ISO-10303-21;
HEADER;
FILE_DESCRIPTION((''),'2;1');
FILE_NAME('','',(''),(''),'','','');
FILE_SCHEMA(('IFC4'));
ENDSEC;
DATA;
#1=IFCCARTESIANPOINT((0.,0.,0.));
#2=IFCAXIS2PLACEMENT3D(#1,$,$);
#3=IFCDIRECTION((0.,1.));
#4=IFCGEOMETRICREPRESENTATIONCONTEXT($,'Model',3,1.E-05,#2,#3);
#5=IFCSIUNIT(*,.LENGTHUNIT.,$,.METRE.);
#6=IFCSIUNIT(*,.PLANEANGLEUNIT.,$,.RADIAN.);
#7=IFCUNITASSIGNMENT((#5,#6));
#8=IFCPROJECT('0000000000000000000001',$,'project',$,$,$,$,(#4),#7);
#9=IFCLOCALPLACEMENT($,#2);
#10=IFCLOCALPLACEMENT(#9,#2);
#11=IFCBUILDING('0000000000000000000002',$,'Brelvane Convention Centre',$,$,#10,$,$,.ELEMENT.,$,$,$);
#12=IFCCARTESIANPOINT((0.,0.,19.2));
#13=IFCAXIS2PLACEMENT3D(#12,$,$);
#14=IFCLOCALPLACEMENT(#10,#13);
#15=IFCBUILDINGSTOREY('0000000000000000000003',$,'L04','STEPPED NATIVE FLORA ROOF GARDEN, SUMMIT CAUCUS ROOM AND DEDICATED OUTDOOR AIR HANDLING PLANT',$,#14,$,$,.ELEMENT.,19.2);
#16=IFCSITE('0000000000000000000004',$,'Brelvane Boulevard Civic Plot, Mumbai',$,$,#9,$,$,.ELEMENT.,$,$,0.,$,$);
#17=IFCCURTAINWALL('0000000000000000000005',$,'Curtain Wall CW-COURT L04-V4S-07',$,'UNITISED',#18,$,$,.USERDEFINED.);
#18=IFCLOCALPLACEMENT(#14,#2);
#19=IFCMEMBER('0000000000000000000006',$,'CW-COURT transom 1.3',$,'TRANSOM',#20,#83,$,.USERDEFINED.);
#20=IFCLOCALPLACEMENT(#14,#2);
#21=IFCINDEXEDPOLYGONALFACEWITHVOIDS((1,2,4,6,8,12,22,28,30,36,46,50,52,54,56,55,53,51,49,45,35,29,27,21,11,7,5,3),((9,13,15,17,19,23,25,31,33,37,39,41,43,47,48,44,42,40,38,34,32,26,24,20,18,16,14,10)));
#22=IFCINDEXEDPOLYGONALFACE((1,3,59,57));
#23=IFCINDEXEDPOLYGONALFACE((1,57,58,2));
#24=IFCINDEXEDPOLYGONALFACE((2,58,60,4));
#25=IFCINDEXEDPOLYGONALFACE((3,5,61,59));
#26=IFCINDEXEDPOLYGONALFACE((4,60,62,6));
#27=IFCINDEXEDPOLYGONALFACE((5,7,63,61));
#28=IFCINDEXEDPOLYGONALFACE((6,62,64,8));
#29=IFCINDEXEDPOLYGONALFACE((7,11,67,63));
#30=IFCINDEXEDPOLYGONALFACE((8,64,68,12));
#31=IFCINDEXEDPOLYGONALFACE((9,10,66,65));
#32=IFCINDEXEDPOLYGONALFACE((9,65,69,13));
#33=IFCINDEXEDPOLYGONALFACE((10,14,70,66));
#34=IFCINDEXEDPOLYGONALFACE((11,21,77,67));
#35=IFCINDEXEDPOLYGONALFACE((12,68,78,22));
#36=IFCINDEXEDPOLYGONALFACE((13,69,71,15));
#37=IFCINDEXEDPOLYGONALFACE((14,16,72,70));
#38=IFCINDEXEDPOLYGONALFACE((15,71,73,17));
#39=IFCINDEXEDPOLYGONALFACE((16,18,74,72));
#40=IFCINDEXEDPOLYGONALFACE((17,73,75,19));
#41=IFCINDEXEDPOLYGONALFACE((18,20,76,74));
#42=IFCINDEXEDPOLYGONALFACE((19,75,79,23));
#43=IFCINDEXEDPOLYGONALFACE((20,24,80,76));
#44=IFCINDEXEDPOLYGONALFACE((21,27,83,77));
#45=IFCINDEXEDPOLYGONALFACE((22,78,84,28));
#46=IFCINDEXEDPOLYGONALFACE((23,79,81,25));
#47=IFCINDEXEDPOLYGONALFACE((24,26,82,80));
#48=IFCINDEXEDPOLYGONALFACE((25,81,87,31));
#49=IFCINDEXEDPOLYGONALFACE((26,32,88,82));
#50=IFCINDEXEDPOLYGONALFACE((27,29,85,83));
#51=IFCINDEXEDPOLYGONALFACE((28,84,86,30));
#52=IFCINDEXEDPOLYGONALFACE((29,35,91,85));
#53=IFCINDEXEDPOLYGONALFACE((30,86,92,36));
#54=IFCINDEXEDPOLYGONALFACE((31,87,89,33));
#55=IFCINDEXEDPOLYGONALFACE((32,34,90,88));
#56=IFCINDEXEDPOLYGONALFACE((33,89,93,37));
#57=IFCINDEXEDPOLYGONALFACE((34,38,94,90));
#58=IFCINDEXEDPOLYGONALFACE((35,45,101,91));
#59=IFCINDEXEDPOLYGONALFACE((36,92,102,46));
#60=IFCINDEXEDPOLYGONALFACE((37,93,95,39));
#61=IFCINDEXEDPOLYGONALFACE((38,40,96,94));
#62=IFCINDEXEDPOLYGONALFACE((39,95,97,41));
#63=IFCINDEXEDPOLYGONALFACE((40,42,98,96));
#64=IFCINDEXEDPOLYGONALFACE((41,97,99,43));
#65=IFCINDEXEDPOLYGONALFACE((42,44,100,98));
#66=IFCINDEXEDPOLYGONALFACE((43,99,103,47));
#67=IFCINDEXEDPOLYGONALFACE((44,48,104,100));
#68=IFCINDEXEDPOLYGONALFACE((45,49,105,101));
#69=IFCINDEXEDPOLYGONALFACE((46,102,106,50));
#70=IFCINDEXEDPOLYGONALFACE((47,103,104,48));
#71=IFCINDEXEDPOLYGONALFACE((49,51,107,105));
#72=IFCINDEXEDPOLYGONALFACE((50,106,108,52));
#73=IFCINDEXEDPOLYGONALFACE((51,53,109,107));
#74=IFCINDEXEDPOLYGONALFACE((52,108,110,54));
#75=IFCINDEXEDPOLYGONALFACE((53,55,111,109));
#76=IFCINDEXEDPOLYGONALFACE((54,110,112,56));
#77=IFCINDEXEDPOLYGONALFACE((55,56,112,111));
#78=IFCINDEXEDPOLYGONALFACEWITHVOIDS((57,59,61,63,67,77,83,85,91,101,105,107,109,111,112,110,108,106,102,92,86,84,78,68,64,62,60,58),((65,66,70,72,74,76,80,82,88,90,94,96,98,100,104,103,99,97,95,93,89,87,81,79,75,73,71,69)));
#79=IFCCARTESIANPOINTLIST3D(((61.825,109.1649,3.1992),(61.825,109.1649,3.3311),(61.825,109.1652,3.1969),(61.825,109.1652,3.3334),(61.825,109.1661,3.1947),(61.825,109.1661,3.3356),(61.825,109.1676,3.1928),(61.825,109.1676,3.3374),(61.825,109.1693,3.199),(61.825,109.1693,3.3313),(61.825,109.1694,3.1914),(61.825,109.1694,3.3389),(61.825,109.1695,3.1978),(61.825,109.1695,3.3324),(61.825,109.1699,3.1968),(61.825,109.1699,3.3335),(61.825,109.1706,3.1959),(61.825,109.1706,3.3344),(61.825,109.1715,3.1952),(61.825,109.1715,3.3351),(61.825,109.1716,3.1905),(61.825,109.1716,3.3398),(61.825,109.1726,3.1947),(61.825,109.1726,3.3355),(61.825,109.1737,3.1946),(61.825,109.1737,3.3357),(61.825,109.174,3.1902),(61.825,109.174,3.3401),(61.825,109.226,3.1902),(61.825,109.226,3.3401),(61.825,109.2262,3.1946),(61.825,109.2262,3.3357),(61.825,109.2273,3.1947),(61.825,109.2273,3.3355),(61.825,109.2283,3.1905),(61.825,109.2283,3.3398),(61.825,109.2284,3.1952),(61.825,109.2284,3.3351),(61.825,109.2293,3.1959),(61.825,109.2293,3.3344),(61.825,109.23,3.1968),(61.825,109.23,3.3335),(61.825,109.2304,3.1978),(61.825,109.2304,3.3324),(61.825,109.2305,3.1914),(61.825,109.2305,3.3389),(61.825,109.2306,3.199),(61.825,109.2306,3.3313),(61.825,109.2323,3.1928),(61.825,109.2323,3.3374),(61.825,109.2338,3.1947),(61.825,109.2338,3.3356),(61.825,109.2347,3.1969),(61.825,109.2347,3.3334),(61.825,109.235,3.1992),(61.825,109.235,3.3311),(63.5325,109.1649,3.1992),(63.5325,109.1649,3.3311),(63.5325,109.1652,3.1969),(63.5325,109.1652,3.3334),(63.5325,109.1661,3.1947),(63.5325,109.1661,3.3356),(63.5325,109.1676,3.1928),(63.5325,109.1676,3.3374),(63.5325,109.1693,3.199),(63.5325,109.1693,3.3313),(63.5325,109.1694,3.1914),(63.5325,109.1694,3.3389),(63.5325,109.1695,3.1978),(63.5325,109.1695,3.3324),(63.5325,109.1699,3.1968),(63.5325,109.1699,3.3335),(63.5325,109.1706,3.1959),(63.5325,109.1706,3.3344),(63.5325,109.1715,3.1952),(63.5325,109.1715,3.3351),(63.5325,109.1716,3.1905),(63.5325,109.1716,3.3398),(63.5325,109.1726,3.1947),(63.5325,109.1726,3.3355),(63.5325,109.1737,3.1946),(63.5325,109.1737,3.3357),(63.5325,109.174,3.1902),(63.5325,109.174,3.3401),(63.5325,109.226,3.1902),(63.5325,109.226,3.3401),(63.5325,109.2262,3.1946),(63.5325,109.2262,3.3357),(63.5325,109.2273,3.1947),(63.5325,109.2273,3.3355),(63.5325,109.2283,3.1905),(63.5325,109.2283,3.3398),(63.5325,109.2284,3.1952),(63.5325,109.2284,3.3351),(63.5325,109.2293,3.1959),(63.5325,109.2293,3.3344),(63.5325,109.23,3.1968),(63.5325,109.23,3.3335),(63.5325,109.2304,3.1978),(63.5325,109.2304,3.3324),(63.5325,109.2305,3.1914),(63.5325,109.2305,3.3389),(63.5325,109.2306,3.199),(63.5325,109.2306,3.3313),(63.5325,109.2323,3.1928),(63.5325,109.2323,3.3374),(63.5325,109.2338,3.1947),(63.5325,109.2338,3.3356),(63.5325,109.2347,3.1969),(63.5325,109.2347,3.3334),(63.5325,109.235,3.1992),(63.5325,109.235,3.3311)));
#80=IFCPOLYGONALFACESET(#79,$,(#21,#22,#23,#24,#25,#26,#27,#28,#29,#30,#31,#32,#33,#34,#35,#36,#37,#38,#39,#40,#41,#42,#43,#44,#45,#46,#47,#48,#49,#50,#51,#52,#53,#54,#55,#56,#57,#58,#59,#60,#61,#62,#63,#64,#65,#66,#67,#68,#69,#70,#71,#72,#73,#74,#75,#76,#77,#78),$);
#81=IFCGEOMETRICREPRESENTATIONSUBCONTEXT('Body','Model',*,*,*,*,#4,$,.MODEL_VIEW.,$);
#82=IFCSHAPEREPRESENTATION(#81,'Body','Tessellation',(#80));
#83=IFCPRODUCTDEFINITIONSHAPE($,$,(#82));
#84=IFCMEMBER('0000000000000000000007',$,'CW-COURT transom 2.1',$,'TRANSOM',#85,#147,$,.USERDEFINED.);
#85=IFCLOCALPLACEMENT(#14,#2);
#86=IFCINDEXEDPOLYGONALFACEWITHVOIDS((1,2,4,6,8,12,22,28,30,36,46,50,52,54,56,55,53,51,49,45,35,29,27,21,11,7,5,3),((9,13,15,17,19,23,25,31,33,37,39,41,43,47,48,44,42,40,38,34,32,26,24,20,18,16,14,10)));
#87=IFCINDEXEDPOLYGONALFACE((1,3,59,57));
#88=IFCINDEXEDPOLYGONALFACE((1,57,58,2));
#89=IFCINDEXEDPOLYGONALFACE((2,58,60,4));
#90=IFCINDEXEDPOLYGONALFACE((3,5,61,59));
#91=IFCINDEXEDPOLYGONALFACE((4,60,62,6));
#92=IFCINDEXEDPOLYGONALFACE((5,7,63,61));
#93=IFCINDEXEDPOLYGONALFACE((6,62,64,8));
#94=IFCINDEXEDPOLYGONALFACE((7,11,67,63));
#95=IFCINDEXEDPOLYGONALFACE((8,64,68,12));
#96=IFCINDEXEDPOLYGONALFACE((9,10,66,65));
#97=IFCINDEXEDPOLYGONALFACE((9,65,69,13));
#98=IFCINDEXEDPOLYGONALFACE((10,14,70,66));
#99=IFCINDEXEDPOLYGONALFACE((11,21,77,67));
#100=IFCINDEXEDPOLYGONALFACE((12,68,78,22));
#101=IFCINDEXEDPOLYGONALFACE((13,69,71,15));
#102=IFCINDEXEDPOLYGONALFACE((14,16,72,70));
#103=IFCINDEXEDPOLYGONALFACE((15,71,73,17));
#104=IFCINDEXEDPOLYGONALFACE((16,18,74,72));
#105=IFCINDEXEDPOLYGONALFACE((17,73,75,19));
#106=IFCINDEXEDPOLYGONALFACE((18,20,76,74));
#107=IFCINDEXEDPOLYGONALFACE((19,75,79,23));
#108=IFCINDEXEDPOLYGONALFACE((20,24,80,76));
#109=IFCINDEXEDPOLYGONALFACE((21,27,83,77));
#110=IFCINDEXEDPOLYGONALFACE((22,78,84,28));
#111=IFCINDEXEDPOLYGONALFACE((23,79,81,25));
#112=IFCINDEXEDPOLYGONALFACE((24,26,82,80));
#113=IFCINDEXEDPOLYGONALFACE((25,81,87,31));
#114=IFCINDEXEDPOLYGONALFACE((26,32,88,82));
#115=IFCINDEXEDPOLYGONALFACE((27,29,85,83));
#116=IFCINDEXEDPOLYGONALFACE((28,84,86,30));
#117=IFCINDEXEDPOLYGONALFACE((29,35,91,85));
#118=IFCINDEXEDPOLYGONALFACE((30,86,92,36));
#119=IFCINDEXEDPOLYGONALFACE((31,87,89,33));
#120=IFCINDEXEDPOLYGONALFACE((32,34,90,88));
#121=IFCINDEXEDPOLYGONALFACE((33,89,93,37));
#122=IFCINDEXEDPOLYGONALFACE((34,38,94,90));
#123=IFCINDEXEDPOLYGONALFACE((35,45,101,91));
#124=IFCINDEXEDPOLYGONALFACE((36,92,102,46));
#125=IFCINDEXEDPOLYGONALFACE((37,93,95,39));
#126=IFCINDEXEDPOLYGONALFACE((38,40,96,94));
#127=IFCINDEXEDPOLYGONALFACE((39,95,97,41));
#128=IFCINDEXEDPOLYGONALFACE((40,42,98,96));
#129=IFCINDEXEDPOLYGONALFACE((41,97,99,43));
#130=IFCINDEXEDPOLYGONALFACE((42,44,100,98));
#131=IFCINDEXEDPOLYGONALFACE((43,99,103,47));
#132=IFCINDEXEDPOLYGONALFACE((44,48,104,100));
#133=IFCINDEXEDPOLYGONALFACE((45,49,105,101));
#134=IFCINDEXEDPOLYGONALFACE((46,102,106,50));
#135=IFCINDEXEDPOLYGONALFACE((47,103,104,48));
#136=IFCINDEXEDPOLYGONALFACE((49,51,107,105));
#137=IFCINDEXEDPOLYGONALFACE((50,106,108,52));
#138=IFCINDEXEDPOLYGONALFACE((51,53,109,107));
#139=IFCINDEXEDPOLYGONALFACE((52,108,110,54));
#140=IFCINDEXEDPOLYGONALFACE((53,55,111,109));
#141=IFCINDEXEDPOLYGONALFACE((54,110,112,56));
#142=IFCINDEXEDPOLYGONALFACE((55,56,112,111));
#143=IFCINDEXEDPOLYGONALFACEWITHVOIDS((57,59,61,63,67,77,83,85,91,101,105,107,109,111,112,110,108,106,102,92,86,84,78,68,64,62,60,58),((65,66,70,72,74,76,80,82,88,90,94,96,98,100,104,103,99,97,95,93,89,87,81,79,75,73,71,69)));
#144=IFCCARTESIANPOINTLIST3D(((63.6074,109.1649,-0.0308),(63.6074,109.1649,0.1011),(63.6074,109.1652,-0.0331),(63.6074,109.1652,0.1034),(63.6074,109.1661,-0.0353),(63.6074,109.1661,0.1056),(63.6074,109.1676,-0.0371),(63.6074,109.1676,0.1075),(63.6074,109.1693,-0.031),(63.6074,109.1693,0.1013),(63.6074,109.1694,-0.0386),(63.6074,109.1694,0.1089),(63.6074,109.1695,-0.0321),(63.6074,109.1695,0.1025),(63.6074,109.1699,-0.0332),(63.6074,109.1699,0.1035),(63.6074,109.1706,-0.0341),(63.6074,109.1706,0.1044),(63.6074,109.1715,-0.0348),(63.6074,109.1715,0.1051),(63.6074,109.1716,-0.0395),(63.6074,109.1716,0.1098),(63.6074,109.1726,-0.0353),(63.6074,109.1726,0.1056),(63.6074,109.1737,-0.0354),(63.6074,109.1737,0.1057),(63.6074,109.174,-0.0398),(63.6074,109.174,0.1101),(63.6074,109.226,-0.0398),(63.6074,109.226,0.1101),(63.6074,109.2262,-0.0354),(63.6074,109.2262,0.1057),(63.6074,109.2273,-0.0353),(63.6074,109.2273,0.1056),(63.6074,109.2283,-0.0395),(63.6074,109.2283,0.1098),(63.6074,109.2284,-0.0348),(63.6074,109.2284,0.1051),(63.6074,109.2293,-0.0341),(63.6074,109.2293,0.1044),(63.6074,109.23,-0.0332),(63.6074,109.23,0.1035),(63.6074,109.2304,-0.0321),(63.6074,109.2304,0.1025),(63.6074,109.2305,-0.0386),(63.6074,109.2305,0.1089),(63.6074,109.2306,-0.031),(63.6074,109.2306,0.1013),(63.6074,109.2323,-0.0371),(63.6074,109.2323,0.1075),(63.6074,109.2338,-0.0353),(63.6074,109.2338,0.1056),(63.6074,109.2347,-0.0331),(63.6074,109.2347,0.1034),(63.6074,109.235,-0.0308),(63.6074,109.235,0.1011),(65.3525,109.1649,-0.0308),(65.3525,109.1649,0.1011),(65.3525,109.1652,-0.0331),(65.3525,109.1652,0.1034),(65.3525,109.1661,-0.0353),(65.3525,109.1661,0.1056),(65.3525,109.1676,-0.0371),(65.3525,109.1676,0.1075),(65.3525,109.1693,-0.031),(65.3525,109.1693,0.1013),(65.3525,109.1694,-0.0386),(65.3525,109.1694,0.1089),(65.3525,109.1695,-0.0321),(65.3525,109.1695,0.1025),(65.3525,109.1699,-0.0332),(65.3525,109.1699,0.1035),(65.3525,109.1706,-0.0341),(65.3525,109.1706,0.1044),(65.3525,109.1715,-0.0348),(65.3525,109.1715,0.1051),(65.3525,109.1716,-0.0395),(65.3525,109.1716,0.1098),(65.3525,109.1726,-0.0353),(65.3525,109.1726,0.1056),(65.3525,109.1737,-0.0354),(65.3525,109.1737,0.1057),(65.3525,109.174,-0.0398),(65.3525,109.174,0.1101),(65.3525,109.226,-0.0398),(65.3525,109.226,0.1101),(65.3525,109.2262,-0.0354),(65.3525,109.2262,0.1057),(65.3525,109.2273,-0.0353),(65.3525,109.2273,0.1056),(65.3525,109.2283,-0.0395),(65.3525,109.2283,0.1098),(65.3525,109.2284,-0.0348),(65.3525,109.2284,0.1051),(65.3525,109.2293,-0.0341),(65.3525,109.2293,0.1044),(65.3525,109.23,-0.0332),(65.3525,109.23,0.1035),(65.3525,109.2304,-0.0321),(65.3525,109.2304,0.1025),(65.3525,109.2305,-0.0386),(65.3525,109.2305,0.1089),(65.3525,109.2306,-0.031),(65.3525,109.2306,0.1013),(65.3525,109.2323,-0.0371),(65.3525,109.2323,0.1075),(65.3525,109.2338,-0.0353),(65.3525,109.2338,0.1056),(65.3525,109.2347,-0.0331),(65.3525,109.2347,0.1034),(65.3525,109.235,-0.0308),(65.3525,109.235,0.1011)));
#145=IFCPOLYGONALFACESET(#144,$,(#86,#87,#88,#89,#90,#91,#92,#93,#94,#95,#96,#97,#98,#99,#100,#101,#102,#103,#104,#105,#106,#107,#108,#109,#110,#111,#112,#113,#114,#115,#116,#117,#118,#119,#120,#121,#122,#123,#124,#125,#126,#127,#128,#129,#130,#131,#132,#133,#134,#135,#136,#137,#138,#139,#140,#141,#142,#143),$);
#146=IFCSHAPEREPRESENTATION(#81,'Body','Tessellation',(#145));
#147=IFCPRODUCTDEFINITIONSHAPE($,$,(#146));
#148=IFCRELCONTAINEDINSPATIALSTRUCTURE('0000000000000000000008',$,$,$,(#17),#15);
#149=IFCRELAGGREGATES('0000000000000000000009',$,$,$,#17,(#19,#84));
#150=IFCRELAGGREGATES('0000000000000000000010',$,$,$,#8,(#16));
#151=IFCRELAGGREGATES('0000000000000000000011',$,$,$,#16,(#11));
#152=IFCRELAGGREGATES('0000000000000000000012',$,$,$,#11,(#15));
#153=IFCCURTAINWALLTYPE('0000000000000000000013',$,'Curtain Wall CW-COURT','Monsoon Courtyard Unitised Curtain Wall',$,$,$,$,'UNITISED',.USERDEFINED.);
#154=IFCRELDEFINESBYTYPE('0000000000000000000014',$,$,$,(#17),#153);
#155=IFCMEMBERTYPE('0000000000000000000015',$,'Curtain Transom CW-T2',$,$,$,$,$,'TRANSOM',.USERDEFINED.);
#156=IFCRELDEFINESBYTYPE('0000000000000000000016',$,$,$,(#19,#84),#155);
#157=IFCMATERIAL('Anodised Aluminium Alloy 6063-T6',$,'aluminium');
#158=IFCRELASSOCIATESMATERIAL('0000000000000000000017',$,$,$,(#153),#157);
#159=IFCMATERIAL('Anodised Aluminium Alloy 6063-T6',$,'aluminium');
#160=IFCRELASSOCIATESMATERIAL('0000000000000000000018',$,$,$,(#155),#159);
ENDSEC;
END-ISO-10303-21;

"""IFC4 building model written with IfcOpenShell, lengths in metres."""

from ifc_helpers import new_model, si_unit, direction, frame, origin, origin_2d, place, context, subcontext, project, spatial, hollow_rectangle, extrude, material, material_profile, profile_set, type_object, element, aggregate, save


model = new_model("IFC4")

# Units and contexts
model_context = context("Model", 3, precision=1e-05, world=origin(), true_north=direction((0.0, 1.0)))
body_context = subcontext(model_context, "Body", "Model", "MODEL_VIEW")
ifc_project = project(units=[si_unit("LENGTHUNIT", "METRE"), si_unit("PLANEANGLEUNIT", "RADIAN")], contexts=[model_context])

# Site, building, storey
site_placement = place(None, origin())
site = spatial("IfcSite", under=ifc_project, at=site_placement, Name="Brelvane Boulevard Civic Plot, Mumbai", CompositionType="ELEMENT", RefElevation=0.0)
building_placement = place(site_placement, origin())
building = spatial("IfcBuilding", under=site, at=building_placement, Name="Brelvane Convention Centre", CompositionType="ELEMENT")
storey_placement = place(building_placement, frame((0.0, 0.0, 19.2)))
storey = spatial("IfcBuildingStorey", under=building, at=storey_placement, Name="L04", Description="STEPPED NATIVE FLORA ROOF GARDEN, SUMMIT CAUCUS ROOM AND DEDICATED OUTDOOR AIR HANDLING PLANT", CompositionType="ELEMENT", Elevation=19.2)

# Curtain wall
ifc_material_1 = material(Name="Anodised Aluminium Alloy 6063-T6", Category="aluminium")
curtain_wall_type = type_object("IfcCurtainWallType", Name="Curtain Wall CW-COURT", Description="Monsoon Courtyard Unitised Curtain Wall", ElementType="UNITISED", PredefinedType="USERDEFINED", material=ifc_material_1)
curtain_wall_1_placement = place(storey_placement, origin())
curtain_wall_1 = element("IfcCurtainWall", 1, at=curtain_wall_1_placement, inside=storey, type_object=curtain_wall_type, Name="Curtain Wall CW-COURT L04-V4S-07", ObjectType="UNITISED", PredefinedType="USERDEFINED")

# Members
ifc_material_2 = material(Name="Anodised Aluminium Alloy 6063-T6", Category="aluminium")
ifc_material_profile_1 = material_profile(ifc_material_2, hollow_rectangle(XDim=0.0701, YDim=0.1499, WallThickness=0.0044, InnerFilletRadius=0.0044, OuterFilletRadius=0.009, at=origin_2d()), Name="ALU-T 150x70x4.5")
ifc_profile_set_1 = profile_set([ifc_material_profile_1], Name="Anodised Aluminium Alloy 6063-T6")
member_type_1 = type_object("IfcMemberType", Name="Curtain Transom CW-T2", ElementType="TRANSOM", PredefinedType="USERDEFINED", material=ifc_profile_set_1)
member_1_placement = place(storey_placement, frame((61.825, 109.2, 3.2651), z_axis=(1.0, 0.0, 0.0), x_axis=(0.0, 1.0, 0.0)))
member_1 = element("IfcMember", 2, at=member_1_placement, type_object=member_type_1, Name="CW-COURT transom 1.3", ObjectType="TRANSOM", PredefinedType="USERDEFINED", context=body_context, shape_type="SweptSolid", body=[
    extrude(hollow_rectangle(XDim=0.0701, YDim=0.1499, WallThickness=0.0044, InnerFilletRadius=0.0044, OuterFilletRadius=0.009, at=origin_2d()), origin(), (0.0, 0.0, 1.0), 1.7075),
])
member_2_placement = place(storey_placement, frame((63.6074, 109.2, 0.0352), z_axis=(1.0, 0.0, 0.0), x_axis=(0.0, 1.0, 0.0)))
member_2 = element("IfcMember", 3, at=member_2_placement, type_object=member_type_1, Name="CW-COURT transom 2.1", ObjectType="TRANSOM", PredefinedType="USERDEFINED", context=body_context, shape_type="SweptSolid", body=[
    extrude(hollow_rectangle(XDim=0.0701, YDim=0.1499, WallThickness=0.0044, InnerFilletRadius=0.0044, OuterFilletRadius=0.009, at=origin_2d()), origin(), (0.0, 0.0, 1.0), 1.7451),
])

aggregate(curtain_wall_1, [member_1, member_2])

save(model, "model.ifc")
